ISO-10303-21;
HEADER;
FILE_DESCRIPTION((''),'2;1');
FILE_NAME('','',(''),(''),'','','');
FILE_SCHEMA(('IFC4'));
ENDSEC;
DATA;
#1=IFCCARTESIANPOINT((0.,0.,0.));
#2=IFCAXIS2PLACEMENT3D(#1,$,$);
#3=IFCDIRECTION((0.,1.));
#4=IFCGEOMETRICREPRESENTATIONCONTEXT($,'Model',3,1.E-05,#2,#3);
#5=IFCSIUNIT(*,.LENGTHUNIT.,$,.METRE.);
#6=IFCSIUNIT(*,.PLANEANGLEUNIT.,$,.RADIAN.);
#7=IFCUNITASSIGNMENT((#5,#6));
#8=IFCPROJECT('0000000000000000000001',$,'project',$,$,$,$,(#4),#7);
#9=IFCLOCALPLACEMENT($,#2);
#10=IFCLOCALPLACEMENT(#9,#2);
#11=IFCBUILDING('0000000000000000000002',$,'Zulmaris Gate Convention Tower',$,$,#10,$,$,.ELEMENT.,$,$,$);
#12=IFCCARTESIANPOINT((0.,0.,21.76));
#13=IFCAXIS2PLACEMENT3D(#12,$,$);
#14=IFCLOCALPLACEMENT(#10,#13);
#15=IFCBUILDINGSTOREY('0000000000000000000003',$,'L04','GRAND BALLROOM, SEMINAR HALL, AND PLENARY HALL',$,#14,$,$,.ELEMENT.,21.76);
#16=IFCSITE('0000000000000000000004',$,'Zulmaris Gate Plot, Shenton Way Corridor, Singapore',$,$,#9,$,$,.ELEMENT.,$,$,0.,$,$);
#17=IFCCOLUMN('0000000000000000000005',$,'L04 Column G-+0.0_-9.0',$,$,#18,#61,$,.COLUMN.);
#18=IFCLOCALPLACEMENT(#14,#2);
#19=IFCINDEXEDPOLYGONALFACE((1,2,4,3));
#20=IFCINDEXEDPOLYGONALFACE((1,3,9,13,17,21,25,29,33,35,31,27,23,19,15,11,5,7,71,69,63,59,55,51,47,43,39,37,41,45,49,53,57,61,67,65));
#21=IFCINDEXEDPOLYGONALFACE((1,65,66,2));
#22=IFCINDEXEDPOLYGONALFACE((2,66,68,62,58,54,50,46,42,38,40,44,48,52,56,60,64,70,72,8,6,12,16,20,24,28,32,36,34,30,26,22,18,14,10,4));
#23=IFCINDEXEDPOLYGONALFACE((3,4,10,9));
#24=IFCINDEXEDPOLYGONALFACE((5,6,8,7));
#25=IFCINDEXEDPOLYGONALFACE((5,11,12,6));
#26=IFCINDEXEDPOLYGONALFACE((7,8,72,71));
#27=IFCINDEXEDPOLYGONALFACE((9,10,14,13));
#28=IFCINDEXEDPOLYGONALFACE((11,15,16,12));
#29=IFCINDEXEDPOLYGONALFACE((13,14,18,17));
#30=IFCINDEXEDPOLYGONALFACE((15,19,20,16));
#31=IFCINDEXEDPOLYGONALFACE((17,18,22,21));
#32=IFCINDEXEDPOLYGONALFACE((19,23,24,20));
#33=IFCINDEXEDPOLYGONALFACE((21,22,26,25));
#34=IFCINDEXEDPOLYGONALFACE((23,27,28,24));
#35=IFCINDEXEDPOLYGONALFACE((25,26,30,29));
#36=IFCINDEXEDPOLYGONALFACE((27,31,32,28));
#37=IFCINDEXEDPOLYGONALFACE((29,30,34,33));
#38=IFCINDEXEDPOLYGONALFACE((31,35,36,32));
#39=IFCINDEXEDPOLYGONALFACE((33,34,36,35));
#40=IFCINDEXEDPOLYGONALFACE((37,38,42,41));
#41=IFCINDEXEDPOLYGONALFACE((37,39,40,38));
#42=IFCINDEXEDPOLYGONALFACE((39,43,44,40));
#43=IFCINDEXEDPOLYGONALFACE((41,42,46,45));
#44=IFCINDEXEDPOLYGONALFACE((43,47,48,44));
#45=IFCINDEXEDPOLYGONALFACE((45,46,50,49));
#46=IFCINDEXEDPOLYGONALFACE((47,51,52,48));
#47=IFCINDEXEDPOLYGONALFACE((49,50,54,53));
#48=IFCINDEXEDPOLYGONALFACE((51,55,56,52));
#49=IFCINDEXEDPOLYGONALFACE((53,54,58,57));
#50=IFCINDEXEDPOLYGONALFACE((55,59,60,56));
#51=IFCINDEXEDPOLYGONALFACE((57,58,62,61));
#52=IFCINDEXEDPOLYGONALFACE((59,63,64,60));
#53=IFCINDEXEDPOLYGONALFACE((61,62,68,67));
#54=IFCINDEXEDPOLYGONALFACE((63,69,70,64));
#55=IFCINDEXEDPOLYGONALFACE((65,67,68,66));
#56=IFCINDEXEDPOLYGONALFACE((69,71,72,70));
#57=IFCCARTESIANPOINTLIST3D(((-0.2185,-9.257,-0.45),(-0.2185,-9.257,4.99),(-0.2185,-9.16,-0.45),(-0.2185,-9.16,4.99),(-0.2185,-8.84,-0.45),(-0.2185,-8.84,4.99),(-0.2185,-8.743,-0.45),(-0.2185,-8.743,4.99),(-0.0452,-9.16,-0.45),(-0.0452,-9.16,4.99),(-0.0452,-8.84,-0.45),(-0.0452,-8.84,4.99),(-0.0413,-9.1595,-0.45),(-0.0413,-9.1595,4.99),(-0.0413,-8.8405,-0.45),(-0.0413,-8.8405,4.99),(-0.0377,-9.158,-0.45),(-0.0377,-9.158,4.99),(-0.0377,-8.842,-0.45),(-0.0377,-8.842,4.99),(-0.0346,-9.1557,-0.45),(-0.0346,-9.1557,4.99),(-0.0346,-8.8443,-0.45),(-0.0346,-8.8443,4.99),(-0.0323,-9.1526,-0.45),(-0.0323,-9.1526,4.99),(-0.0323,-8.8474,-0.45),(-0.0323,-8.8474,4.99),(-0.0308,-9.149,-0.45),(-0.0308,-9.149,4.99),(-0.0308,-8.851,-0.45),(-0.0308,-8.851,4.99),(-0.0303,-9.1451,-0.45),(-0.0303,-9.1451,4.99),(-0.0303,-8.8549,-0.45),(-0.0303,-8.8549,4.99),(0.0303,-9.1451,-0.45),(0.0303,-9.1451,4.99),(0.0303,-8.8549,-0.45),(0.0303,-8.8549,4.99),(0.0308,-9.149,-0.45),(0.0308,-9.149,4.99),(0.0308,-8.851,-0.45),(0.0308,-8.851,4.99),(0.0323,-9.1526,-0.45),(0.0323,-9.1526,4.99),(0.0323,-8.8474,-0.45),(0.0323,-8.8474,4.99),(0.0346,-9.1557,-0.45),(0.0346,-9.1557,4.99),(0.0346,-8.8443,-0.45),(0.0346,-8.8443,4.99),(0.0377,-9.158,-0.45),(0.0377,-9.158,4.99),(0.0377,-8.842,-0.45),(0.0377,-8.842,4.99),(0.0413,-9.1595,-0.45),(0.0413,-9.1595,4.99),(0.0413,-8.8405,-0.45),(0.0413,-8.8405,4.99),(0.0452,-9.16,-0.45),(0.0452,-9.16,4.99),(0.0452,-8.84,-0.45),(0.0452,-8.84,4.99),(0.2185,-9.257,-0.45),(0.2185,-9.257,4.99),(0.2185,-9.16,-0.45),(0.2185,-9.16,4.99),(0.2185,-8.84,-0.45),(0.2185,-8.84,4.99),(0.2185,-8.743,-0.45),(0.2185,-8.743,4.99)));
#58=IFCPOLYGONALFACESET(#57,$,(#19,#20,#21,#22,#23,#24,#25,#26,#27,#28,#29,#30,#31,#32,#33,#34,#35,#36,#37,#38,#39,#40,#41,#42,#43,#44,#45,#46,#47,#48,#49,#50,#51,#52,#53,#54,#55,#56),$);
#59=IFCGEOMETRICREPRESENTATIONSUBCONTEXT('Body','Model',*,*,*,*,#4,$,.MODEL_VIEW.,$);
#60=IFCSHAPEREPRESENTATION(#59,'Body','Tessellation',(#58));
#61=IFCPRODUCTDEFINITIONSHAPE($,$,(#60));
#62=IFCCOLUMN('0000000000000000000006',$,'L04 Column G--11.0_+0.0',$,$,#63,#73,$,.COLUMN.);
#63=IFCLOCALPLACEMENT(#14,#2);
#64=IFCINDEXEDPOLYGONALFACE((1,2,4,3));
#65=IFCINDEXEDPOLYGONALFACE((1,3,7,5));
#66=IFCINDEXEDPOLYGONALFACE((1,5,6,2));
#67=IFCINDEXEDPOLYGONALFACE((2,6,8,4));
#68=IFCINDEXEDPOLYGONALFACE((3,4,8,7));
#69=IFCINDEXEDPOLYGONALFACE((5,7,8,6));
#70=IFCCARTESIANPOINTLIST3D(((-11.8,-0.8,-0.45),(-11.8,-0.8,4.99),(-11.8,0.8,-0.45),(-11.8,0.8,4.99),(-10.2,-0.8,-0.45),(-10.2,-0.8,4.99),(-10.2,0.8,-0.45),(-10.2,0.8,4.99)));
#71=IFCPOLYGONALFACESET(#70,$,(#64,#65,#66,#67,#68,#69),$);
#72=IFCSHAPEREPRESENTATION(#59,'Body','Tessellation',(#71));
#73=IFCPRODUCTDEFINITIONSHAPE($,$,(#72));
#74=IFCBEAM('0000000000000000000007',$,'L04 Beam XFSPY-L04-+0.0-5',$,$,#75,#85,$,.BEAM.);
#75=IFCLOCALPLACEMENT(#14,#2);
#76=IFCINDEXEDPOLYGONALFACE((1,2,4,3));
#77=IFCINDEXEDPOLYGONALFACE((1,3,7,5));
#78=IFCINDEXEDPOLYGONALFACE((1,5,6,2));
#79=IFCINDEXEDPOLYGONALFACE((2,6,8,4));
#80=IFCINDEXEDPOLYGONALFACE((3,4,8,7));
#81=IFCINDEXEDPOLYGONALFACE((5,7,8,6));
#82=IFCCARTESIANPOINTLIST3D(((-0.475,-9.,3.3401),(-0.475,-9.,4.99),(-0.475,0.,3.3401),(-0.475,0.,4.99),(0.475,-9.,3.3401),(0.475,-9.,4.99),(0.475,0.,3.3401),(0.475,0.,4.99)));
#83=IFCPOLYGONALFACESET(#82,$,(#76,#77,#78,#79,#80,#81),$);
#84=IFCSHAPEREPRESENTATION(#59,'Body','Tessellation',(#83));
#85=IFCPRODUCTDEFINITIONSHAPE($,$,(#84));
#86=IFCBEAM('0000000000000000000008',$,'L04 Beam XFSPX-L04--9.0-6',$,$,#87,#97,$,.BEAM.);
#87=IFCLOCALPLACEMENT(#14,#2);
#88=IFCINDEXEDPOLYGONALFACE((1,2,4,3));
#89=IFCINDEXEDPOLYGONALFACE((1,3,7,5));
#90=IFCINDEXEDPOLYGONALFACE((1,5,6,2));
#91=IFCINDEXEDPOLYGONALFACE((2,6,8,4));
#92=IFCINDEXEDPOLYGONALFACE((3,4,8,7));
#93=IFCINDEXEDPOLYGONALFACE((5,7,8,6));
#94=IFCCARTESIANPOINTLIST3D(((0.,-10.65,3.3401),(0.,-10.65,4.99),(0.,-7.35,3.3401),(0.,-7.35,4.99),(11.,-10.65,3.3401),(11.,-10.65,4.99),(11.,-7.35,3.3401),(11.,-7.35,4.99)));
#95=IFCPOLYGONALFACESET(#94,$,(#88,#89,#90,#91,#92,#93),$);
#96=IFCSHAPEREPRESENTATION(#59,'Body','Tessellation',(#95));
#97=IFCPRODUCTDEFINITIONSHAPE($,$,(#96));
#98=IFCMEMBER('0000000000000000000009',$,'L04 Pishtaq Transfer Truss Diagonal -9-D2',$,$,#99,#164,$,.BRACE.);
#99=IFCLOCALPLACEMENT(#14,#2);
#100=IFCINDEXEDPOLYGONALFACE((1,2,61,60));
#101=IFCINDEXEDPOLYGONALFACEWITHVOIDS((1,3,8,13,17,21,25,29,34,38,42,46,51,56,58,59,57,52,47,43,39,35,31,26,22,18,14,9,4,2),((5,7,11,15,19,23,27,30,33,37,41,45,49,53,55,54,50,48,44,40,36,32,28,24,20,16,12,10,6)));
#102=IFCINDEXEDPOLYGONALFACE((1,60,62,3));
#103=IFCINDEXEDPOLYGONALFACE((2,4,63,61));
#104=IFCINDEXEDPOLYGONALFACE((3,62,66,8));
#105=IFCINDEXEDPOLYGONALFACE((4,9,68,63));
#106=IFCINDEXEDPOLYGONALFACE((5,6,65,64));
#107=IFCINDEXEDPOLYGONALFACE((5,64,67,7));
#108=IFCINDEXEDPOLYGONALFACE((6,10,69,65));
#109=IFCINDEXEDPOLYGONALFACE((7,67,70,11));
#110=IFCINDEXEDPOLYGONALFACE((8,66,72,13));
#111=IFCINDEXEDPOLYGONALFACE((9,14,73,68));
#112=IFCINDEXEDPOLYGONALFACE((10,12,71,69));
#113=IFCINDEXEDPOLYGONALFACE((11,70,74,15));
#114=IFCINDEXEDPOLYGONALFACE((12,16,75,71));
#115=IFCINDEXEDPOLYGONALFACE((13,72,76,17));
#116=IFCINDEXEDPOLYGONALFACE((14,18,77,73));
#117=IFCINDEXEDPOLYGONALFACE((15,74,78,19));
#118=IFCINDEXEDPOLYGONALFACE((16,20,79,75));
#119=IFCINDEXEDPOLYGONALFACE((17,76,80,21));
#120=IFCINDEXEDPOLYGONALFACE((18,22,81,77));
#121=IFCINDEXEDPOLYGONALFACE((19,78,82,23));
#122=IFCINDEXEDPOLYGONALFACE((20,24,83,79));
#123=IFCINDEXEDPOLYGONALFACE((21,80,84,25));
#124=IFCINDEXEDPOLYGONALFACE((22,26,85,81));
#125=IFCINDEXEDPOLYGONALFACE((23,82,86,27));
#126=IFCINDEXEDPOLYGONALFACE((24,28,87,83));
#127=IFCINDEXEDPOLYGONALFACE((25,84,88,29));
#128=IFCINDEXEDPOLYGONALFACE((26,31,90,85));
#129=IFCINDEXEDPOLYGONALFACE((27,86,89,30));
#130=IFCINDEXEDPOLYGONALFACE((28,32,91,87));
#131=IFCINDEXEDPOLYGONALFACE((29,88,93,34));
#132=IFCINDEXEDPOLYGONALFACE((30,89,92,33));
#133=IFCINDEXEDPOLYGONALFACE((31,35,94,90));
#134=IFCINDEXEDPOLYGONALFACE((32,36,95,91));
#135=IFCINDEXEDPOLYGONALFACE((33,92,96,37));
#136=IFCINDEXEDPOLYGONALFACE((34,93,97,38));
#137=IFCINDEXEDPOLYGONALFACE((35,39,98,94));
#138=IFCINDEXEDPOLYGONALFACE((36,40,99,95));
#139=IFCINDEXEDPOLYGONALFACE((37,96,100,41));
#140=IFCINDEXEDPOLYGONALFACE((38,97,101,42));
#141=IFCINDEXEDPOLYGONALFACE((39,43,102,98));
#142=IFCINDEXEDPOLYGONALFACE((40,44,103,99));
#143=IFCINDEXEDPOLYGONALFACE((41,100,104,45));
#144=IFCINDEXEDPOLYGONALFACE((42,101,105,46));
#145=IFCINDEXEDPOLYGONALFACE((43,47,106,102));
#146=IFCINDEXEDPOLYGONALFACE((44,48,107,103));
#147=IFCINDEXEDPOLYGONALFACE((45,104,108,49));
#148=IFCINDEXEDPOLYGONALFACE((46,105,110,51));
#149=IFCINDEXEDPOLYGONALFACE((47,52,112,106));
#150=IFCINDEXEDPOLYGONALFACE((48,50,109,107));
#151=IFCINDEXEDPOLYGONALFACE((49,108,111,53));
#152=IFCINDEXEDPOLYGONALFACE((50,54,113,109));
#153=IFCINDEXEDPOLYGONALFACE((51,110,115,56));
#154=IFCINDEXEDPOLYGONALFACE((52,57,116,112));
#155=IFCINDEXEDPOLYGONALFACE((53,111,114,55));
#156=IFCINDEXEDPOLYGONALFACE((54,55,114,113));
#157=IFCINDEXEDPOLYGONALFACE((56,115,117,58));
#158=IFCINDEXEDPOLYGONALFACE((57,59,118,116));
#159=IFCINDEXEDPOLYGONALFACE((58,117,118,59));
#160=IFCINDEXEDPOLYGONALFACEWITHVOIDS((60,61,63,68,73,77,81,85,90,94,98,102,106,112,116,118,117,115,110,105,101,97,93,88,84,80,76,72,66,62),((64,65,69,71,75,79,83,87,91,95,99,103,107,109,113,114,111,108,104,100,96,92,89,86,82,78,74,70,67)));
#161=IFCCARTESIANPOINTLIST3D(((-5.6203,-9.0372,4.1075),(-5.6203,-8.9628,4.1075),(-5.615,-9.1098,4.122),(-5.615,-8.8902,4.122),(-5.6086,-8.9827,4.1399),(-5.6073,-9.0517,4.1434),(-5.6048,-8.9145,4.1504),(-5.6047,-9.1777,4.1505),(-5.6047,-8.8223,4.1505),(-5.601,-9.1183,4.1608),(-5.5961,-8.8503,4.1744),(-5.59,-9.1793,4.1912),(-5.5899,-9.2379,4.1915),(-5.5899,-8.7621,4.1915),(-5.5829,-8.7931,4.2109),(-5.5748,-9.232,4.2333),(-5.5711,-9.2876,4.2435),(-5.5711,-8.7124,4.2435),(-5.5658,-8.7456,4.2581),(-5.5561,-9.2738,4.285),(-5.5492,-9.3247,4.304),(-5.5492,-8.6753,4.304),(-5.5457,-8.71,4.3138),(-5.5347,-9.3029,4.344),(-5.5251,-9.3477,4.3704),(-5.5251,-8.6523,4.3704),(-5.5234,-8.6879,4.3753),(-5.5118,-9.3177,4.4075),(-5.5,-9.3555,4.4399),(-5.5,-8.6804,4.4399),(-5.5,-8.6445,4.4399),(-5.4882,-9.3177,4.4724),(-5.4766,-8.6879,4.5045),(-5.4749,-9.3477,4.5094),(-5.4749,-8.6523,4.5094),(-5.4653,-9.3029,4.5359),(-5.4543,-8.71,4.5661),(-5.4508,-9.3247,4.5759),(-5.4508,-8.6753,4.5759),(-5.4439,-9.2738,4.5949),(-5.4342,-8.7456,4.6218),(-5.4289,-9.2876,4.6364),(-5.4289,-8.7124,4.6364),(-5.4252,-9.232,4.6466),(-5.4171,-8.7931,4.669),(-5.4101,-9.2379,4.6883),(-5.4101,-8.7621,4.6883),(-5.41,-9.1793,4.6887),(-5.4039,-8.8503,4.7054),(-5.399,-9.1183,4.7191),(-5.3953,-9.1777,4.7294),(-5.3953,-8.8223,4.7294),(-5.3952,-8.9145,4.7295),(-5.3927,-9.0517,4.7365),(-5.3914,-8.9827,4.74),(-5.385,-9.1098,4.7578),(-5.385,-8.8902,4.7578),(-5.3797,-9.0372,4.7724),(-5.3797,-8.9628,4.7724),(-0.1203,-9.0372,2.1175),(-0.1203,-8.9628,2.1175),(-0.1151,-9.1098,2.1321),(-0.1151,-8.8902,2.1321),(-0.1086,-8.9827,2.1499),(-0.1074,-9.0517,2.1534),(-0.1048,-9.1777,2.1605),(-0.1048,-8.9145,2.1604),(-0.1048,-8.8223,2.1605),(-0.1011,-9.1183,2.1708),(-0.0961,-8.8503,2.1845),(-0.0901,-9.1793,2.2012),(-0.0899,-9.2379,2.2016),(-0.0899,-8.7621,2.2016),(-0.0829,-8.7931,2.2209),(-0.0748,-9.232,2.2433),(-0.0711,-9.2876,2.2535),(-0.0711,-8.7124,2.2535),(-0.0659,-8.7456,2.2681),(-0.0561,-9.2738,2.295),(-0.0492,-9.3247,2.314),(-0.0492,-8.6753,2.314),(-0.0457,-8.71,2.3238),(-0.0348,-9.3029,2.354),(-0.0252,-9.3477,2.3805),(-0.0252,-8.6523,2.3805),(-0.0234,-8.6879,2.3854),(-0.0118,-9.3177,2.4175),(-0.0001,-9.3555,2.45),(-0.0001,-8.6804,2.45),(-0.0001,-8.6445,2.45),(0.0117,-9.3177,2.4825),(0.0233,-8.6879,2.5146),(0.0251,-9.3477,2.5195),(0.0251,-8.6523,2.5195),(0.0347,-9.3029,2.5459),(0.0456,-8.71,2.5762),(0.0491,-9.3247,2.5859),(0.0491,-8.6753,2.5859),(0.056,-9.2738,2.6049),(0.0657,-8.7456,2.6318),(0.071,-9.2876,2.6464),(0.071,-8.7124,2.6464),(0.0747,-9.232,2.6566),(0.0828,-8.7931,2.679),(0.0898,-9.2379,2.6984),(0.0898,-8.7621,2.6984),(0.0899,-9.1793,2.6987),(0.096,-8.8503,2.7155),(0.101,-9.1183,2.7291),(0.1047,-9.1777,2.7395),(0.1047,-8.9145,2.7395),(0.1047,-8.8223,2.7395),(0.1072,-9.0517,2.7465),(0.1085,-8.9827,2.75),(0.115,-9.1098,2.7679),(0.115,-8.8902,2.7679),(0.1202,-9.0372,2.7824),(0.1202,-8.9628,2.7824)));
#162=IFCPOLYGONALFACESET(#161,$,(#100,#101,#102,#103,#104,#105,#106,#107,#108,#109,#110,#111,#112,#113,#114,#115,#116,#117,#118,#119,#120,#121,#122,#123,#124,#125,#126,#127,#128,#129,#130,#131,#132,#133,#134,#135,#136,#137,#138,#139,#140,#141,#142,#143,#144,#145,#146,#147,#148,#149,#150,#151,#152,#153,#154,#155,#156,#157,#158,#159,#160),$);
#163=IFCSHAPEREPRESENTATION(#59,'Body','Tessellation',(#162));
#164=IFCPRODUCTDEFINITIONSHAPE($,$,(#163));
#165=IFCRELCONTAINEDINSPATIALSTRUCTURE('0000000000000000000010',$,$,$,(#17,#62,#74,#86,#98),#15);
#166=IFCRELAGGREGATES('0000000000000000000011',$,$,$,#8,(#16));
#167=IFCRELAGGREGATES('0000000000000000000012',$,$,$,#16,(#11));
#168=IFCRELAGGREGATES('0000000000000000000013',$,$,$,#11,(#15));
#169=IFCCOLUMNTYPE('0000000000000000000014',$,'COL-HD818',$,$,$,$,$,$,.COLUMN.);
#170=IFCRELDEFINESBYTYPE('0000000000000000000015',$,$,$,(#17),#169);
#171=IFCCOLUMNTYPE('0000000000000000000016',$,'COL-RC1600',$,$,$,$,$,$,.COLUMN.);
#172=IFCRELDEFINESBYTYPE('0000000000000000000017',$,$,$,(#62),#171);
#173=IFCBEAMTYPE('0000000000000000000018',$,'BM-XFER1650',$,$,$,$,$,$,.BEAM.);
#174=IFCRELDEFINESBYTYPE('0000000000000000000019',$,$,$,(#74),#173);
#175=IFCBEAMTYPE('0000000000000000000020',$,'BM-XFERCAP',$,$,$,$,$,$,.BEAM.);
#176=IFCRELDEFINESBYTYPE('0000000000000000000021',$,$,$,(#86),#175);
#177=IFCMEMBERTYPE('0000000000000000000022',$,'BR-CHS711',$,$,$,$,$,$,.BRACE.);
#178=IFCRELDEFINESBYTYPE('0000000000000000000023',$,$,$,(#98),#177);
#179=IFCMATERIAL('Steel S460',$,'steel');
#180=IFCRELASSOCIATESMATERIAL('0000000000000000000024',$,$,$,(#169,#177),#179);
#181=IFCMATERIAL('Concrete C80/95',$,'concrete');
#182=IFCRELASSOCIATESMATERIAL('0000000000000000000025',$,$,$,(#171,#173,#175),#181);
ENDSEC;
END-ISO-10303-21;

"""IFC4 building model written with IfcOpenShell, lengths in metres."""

from ifc_helpers import new_model, si_unit, direction, frame, origin, origin_2d, place, context, subcontext, project, spatial, rectangle, hollow_circle, i_section, extrude, material, material_profile, profile_set, type_object, element, save


model = new_model("IFC4")

# Units and contexts
model_context = context("Model", 3, precision=1e-05, world=origin(), true_north=direction((0.0, 1.0)))
body_context = subcontext(model_context, "Body", "Model", "MODEL_VIEW")
ifc_project = project(units=[si_unit("LENGTHUNIT", "METRE"), si_unit("PLANEANGLEUNIT", "RADIAN")], contexts=[model_context])

# Site, building, storey
site_placement = place(None, origin())
site = spatial("IfcSite", under=ifc_project, at=site_placement, Name="Zulmaris Gate Plot, Shenton Way Corridor, Singapore", CompositionType="ELEMENT", RefElevation=0.0)
building_placement = place(site_placement, origin())
building = spatial("IfcBuilding", under=site, at=building_placement, Name="Zulmaris Gate Convention Tower", CompositionType="ELEMENT")
storey_placement = place(building_placement, frame((0.0, 0.0, 21.76)))
storey = spatial("IfcBuildingStorey", under=building, at=storey_placement, Name="L04", Description="GRAND BALLROOM, SEMINAR HALL, AND PLENARY HALL", CompositionType="ELEMENT", Elevation=21.76)

# Columns
ifc_material_1 = material(Name="Steel S460", Category="steel")
ifc_material_profile_1 = material_profile(ifc_material_1, i_section(OverallWidth=0.437, OverallDepth=0.5139, WebThickness=0.0605, FlangeThickness=0.0969, FilletRadius=0.0149, at=origin_2d()), Name="HD 400x818")
ifc_profile_set_1 = profile_set([ifc_material_profile_1], Name="Steel S460")
column_type_1 = type_object("IfcColumnType", Name="COL-HD818", PredefinedType="COLUMN", material=ifc_profile_set_1)
column_1_placement = place(storey_placement, frame((0.0, -9.0, -0.45), z_axis=(0.0, 0.0, 1.0), x_axis=(1.0, 0.0, 0.0)))
element("IfcColumn", 1, at=column_1_placement, inside=storey, type_object=column_type_1, Name="L04 Column G-+0.0_-9.0", PredefinedType="COLUMN", context=body_context, shape_type="SweptSolid", body=[
    extrude(i_section(OverallWidth=0.437, OverallDepth=0.5139, WebThickness=0.0605, FlangeThickness=0.0969, FilletRadius=0.0149, at=origin_2d()), origin(), (0.0, 0.0, 1.0), 5.4399),
])
ifc_material_2 = material(Name="Concrete C80/95", Category="concrete")
ifc_material_profile_2 = material_profile(ifc_material_2, rectangle(XDim=1.6001, YDim=1.6001, at=origin_2d()), Name="RC COL 1600x1600")
ifc_profile_set_2 = profile_set([ifc_material_profile_2], Name="Concrete C80/95")
column_type_2 = type_object("IfcColumnType", Name="COL-RC1600", PredefinedType="COLUMN", material=ifc_profile_set_2)
column_2_placement = place(storey_placement, frame((-11.0, 0.0, -0.45), z_axis=(0.0, 0.0, 1.0), x_axis=(1.0, 0.0, 0.0)))
element("IfcColumn", 2, at=column_2_placement, inside=storey, type_object=column_type_2, Name="L04 Column G--11.0_+0.0", PredefinedType="COLUMN", context=body_context, shape_type="SweptSolid", body=[
    extrude(rectangle(XDim=1.6001, YDim=1.6001, at=origin_2d()), origin(), (0.0, 0.0, 1.0), 5.4399),
])

# Beams
ifc_material_profile_3 = material_profile(ifc_material_2, rectangle(XDim=0.95, YDim=1.6499, at=origin_2d()), Name="RC TRANSFER 950x1650")
ifc_profile_set_3 = profile_set([ifc_material_profile_3], Name="Concrete C80/95")
beam_type_1 = type_object("IfcBeamType", Name="BM-XFER1650", PredefinedType="BEAM", material=ifc_profile_set_3)
beam_1_placement = place(storey_placement, frame((0.0, -9.0, 4.165), z_axis=(0.0, 1.0, 0.0), x_axis=(-1.0, 0.0, 0.0)))
element("IfcBeam", 3, at=beam_1_placement, inside=storey, type_object=beam_type_1, Name="L04 Beam XFSPY-L04-+0.0-5", PredefinedType="BEAM", context=body_context, shape_type="SweptSolid", body=[
    extrude(rectangle(XDim=0.95, YDim=1.6499, at=origin_2d()), origin(), (0.0, 0.0, 1.0), 9.0),
])
ifc_material_profile_4 = material_profile(ifc_material_2, rectangle(XDim=3.3, YDim=1.6499, at=origin_2d()), Name="RC TRANSFER 3300x1650")
ifc_profile_set_4 = profile_set([ifc_material_profile_4], Name="Concrete C80/95")
beam_type_2 = type_object("IfcBeamType", Name="BM-XFERCAP", PredefinedType="BEAM", material=ifc_profile_set_4)
beam_2_placement = place(storey_placement, frame((0.0, -9.0, 4.165), z_axis=(1.0, 0.0, 0.0), x_axis=(0.0, 1.0, 0.0)))
element("IfcBeam", 4, at=beam_2_placement, inside=storey, type_object=beam_type_2, Name="L04 Beam XFSPX-L04--9.0-6", PredefinedType="BEAM", context=body_context, shape_type="SweptSolid", body=[
    extrude(rectangle(XDim=3.3, YDim=1.6499, at=origin_2d()), origin(), (0.0, 0.0, 1.0), 11.0),
])

# Member
ifc_material_profile_5 = material_profile(ifc_material_1, hollow_circle(Radius=0.3555, WallThickness=0.0359, at=origin_2d()), Name="CHS 711x36")
ifc_profile_set_5 = profile_set([ifc_material_profile_5], Name="Steel S460")
member_type_1 = type_object("IfcMemberType", Name="BR-CHS711", PredefinedType="BRACE", material=ifc_profile_set_5)
for number, where, z_axis, x_axis, name in (
    (5, (-5.5, -9.0, 4.4399), (0.940342, 0.0, -0.340231), (0.0, 1.0, 0.0), "L04 Pishtaq Transfer Truss Diagonal -9-D2"),
):
    element("IfcMember", number, at=place(storey_placement, frame(where, z_axis=z_axis, x_axis=x_axis)), inside=storey, type_object=member_type_1, Name=name, PredefinedType="BRACE", context=body_context, shape_type="SweptSolid", body=[
        extrude(hollow_circle(Radius=0.3555, WallThickness=0.0359, at=origin_2d()), origin(), (0.0, 0.0, 1.0), 5.8489),
    ])

save(model, "model.ifc")
